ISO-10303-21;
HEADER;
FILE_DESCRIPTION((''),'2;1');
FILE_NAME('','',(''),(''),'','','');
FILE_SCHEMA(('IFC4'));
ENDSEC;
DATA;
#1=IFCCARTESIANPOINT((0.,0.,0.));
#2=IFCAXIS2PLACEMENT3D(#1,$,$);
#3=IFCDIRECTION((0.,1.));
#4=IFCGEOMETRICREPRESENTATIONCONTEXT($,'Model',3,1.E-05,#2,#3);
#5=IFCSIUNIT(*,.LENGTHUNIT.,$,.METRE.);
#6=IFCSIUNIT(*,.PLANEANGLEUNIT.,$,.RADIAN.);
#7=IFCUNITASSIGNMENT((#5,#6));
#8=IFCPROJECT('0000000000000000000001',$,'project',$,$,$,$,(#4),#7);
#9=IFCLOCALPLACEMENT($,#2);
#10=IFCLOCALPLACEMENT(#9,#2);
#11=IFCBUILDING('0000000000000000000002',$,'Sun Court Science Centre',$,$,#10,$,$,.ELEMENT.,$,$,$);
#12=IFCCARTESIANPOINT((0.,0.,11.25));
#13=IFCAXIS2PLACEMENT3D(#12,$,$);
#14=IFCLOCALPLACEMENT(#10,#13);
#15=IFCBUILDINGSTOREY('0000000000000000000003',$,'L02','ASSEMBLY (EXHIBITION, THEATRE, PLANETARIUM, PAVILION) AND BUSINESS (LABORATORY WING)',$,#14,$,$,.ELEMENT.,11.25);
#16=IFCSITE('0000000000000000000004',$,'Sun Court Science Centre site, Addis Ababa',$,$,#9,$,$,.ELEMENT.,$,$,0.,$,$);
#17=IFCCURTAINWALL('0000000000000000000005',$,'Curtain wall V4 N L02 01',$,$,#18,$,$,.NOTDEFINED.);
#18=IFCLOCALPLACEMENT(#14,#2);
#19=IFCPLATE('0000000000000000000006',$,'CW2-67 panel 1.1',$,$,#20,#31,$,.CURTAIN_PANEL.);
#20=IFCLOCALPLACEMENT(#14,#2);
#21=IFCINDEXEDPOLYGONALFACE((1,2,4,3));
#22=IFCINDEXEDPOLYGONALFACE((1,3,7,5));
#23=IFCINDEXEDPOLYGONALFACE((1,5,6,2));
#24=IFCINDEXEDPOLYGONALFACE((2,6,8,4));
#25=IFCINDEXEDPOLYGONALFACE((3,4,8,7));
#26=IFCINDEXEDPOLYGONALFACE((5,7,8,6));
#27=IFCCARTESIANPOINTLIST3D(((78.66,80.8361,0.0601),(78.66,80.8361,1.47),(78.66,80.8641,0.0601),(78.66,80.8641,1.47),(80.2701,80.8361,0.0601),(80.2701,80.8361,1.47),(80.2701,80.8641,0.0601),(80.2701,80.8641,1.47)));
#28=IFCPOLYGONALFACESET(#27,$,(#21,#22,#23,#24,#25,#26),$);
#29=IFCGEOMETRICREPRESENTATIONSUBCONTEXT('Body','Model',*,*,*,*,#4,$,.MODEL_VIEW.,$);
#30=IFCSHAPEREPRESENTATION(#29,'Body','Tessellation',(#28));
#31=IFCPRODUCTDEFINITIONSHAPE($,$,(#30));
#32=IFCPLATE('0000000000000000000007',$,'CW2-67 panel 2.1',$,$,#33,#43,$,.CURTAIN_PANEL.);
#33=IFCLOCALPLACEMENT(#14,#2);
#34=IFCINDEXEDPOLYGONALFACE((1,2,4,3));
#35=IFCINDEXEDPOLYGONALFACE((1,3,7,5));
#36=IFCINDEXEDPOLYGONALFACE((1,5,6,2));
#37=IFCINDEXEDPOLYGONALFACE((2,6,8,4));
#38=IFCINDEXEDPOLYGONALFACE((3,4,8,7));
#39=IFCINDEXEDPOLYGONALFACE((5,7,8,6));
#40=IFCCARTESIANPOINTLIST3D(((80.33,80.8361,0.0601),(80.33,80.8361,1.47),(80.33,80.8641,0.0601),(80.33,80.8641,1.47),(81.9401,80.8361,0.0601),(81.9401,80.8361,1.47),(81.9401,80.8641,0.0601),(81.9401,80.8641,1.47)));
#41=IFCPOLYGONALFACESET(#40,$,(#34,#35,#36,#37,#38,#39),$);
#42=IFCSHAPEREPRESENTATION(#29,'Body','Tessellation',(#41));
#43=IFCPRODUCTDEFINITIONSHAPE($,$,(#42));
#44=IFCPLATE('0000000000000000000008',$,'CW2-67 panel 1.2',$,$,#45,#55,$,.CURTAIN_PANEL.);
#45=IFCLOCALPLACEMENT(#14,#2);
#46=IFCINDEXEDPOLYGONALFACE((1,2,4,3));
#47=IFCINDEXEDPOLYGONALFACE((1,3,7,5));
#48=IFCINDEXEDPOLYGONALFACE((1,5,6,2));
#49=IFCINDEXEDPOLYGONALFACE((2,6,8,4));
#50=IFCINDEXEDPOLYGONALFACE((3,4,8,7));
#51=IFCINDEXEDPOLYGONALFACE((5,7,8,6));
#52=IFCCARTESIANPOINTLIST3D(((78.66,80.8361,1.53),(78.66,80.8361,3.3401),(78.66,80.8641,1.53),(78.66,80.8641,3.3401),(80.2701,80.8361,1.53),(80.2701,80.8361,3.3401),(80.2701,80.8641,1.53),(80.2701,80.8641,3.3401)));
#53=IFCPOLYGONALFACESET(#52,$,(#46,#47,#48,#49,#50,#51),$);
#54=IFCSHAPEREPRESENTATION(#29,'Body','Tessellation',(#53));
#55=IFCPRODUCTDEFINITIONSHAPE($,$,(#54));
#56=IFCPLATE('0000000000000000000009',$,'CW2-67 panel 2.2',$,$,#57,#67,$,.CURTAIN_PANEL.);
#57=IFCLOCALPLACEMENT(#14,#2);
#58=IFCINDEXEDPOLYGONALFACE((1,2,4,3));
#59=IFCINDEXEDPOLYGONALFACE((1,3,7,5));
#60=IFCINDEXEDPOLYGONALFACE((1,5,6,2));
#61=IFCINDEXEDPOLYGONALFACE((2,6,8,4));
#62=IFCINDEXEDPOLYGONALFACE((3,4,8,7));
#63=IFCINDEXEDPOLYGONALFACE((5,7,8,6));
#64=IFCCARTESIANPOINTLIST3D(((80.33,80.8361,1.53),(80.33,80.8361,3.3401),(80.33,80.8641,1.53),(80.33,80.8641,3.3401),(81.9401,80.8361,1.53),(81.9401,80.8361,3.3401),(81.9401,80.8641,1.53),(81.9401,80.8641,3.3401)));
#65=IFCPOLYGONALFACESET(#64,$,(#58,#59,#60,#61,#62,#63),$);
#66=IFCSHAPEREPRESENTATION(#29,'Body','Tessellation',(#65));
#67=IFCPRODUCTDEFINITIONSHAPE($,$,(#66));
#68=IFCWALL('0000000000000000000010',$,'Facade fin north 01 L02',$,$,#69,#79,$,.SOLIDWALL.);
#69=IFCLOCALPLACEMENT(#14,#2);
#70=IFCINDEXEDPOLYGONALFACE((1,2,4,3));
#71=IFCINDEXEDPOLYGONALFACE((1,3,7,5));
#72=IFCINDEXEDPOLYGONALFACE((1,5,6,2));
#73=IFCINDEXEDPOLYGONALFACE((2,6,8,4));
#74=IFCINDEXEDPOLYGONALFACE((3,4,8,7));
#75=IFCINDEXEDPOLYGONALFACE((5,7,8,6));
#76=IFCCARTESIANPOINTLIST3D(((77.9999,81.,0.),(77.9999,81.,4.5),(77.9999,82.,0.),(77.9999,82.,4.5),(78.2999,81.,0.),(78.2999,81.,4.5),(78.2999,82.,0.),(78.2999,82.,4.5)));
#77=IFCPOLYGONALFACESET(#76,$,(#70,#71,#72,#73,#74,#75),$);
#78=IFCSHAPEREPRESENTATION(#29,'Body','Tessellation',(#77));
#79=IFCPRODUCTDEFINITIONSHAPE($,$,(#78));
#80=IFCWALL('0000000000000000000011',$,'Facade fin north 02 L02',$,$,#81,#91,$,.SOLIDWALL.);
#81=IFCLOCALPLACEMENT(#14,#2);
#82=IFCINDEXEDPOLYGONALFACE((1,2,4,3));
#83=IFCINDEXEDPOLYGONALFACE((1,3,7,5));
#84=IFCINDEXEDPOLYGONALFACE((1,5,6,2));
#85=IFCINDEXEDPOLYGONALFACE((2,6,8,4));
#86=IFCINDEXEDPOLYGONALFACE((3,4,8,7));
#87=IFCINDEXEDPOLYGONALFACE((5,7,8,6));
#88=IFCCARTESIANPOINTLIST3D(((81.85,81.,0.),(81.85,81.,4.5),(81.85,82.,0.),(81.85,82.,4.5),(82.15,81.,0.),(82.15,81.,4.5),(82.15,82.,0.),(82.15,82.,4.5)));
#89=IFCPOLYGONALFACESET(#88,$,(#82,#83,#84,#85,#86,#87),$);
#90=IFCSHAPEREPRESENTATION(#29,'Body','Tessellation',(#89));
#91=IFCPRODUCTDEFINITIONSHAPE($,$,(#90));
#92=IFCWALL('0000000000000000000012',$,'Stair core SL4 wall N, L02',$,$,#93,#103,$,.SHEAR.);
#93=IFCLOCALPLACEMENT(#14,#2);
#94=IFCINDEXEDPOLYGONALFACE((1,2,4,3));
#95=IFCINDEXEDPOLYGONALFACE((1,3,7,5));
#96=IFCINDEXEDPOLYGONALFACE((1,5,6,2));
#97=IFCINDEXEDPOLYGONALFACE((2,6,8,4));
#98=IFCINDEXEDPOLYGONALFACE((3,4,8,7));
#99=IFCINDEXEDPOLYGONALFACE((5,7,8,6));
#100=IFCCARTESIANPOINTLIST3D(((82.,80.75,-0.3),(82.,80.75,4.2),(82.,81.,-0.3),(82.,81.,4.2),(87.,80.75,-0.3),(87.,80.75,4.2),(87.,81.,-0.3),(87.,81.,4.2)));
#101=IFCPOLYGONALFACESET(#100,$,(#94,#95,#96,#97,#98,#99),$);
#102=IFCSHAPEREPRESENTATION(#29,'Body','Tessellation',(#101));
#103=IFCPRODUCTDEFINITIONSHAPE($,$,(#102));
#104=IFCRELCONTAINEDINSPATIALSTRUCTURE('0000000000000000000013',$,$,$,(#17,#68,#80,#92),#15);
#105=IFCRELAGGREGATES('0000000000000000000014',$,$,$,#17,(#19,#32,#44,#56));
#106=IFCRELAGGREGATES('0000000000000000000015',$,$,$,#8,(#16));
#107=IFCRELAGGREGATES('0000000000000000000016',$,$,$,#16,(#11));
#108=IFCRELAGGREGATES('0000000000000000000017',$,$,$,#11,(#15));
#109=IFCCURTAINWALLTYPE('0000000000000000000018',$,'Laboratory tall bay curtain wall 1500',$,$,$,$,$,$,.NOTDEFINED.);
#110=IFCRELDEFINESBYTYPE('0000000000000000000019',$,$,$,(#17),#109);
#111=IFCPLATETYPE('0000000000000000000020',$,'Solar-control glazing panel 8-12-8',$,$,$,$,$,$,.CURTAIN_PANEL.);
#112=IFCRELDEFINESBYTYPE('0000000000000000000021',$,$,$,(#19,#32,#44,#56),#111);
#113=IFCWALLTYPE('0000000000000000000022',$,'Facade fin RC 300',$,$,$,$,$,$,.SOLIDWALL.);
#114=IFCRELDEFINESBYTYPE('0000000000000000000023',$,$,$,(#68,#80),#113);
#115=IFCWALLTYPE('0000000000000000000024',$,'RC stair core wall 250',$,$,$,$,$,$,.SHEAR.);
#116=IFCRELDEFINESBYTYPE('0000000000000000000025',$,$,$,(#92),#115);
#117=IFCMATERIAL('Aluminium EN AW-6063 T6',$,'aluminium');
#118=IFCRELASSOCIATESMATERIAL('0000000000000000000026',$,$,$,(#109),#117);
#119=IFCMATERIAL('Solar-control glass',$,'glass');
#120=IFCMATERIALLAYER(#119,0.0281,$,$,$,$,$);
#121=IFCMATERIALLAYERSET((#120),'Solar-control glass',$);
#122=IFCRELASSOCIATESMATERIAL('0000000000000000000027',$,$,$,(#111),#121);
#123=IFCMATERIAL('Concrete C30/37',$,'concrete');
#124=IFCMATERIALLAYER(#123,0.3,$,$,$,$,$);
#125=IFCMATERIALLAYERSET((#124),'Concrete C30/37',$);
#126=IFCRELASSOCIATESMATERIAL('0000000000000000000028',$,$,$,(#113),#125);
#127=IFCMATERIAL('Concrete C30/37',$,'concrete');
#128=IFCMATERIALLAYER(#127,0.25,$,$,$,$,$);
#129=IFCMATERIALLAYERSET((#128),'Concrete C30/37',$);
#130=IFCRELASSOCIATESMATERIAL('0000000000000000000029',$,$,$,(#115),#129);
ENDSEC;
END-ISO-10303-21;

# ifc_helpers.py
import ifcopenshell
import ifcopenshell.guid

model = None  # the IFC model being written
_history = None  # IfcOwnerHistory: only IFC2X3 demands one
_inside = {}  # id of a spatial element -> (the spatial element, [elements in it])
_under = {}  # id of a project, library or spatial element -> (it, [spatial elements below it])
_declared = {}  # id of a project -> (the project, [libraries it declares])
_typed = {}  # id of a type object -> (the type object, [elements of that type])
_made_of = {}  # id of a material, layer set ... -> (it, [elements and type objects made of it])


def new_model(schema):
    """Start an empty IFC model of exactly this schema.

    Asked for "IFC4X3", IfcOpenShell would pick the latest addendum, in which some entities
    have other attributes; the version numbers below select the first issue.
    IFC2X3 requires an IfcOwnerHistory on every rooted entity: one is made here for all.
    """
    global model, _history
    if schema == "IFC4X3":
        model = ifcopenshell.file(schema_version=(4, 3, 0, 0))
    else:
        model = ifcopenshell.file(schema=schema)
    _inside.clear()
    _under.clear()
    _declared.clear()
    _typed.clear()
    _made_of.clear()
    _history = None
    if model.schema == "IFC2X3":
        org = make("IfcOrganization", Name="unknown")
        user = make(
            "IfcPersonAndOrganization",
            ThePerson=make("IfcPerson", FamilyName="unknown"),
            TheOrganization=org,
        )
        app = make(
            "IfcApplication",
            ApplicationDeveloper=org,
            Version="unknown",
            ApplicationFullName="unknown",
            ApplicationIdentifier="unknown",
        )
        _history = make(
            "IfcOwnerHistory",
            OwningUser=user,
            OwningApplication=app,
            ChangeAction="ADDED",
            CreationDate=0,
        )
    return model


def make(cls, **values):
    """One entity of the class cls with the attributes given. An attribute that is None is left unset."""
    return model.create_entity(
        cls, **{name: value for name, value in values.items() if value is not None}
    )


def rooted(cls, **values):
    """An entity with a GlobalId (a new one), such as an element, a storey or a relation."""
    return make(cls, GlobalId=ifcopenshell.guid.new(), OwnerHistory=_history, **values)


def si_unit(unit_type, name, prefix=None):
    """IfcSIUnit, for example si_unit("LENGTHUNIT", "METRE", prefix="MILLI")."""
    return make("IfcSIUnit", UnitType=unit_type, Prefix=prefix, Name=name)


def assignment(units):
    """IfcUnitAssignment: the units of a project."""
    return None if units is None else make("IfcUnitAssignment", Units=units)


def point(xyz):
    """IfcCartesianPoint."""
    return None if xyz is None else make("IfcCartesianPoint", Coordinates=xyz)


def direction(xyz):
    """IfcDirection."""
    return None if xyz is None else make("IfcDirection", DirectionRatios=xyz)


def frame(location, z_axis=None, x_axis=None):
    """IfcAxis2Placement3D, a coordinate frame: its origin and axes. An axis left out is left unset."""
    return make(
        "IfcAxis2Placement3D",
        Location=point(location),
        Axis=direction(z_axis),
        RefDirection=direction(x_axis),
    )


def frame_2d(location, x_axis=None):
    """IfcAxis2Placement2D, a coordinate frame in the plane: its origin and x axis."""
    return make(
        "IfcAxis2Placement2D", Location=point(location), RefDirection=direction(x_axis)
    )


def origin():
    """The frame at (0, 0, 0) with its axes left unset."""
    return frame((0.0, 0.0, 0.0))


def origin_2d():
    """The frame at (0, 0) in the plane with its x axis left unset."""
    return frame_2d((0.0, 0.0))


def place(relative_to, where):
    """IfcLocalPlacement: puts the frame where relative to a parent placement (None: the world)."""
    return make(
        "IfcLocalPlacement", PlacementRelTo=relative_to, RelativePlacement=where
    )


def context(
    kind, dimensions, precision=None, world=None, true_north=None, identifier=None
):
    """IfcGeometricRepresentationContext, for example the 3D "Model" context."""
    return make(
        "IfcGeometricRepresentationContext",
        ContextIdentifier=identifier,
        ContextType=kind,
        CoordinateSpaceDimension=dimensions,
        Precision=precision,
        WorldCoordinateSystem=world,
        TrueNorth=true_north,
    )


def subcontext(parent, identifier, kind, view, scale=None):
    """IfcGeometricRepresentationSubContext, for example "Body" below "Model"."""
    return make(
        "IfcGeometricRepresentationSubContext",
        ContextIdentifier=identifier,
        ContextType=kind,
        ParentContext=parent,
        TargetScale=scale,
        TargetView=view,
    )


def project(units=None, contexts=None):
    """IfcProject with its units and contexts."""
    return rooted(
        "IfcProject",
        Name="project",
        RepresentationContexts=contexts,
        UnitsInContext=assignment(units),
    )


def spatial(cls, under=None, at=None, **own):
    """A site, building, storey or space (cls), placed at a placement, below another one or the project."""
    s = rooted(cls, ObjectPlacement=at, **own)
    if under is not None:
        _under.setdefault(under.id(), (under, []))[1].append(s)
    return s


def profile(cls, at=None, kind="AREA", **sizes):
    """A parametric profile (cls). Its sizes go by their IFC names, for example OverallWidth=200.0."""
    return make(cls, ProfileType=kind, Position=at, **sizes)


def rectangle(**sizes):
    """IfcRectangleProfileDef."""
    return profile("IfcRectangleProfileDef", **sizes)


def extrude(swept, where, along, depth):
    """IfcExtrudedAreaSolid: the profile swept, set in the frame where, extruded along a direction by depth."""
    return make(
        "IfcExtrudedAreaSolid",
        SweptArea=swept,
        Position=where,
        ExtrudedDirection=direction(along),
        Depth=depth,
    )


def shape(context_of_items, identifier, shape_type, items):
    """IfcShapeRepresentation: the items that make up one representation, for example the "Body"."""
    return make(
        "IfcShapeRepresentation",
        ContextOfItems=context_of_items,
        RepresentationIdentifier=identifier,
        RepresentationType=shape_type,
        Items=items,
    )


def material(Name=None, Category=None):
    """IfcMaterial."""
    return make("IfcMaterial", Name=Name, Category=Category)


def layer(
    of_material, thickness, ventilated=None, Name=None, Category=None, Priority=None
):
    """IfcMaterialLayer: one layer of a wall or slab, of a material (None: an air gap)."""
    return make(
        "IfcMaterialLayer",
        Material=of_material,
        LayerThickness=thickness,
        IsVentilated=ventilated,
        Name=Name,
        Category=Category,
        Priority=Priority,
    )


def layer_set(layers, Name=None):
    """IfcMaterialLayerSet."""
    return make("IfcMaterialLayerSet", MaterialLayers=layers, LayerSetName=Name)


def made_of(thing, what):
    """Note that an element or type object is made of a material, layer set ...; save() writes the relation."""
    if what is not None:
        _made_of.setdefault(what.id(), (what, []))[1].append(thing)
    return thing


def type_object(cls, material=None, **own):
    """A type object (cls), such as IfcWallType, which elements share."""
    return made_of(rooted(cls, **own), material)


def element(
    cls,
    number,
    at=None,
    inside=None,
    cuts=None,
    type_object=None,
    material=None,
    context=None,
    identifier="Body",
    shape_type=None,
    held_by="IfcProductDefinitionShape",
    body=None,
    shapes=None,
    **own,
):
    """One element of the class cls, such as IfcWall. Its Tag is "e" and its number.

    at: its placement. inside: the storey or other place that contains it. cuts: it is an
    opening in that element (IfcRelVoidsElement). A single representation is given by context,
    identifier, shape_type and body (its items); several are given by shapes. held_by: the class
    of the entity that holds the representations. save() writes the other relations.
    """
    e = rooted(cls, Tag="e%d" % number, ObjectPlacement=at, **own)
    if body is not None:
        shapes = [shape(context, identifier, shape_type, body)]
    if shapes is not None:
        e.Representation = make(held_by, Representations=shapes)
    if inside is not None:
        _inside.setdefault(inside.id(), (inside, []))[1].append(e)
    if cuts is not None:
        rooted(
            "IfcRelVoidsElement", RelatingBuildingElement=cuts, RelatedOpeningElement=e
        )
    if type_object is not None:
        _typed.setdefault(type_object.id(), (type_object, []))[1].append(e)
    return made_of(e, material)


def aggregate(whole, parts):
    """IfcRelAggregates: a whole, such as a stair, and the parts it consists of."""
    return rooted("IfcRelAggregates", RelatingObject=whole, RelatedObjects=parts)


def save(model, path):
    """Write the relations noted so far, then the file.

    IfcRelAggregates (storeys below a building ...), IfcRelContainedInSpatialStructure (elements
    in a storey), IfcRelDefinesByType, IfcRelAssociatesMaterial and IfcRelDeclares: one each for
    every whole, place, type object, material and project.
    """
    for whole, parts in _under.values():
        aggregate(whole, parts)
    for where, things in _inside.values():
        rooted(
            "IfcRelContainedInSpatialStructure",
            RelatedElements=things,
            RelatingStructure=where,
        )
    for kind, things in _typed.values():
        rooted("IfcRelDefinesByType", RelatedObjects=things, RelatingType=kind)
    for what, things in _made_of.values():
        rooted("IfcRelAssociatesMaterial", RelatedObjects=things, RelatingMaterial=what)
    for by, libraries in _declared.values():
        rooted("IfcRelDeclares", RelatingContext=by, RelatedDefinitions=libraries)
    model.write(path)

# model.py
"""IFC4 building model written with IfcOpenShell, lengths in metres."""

from ifc_helpers import new_model, si_unit, direction, frame, frame_2d, origin, origin_2d, place, context, subcontext, project, spatial, rectangle, extrude, material, layer, layer_set, type_object, element, aggregate, save


model = new_model("IFC4")

# Units and contexts
model_context = context("Model", 3, precision=1e-05, world=origin(), true_north=direction((0.0, 1.0)))
body_context = subcontext(model_context, "Body", "Model", "MODEL_VIEW")
ifc_project = project(units=[si_unit("LENGTHUNIT", "METRE"), si_unit("PLANEANGLEUNIT", "RADIAN")], contexts=[model_context])

# Site, building, storey
site_placement = place(None, origin())
site = spatial("IfcSite", under=ifc_project, at=site_placement, Name="Sun Court Science Centre site, Addis Ababa", CompositionType="ELEMENT", RefElevation=0.0)
building_placement = place(site_placement, origin())
building = spatial("IfcBuilding", under=site, at=building_placement, Name="Sun Court Science Centre", CompositionType="ELEMENT")
storey_placement = place(building_placement, frame((0.0, 0.0, 11.25)))
storey = spatial("IfcBuildingStorey", under=building, at=storey_placement, Name="L02", Description="ASSEMBLY (EXHIBITION, THEATRE, PLANETARIUM, PAVILION) AND BUSINESS (LABORATORY WING)", CompositionType="ELEMENT", Elevation=11.25)

# Curtain wall
ifc_material_1 = material(Name="Aluminium EN AW-6063 T6", Category="aluminium")
curtain_wall_type = type_object("IfcCurtainWallType", Name="Laboratory tall bay curtain wall 1500", PredefinedType="NOTDEFINED", material=ifc_material_1)
curtain_wall_1_placement = place(storey_placement, origin())
curtain_wall_1 = element("IfcCurtainWall", 1, at=curtain_wall_1_placement, inside=storey, type_object=curtain_wall_type, Name="Curtain wall V4 N L02 01", PredefinedType="NOTDEFINED")

# Plates
ifc_material_2 = material(Name="Solar-control glass", Category="glass")
ifc_layer_1 = layer(ifc_material_2, 0.0281)
ifc_layer_set_1 = layer_set([ifc_layer_1], Name="Solar-control glass")
plate_type = type_object("IfcPlateType", Name="Solar-control glazing panel 8-12-8", PredefinedType="CURTAIN_PANEL", material=ifc_layer_set_1)
plate_1_placement = place(storey_placement, frame((79.4651, 80.8501, 0.0601), z_axis=(0.0, 0.0, 1.0), x_axis=(1.0, 0.0, 0.0)))
plate_1 = element("IfcPlate", 2, at=plate_1_placement, type_object=plate_type, Name="CW2-67 panel 1.1", PredefinedType="CURTAIN_PANEL", context=body_context, shape_type="SweptSolid", body=[
    extrude(rectangle(XDim=1.6101, YDim=0.0281, at=origin_2d()), origin(), (0.0, 0.0, 1.0), 1.4099),
])
plate_2_placement = place(storey_placement, frame((81.135, 80.8501, 0.0601), z_axis=(0.0, 0.0, 1.0), x_axis=(1.0, 0.0, 0.0)))
plate_2 = element("IfcPlate", 3, at=plate_2_placement, type_object=plate_type, Name="CW2-67 panel 2.1", PredefinedType="CURTAIN_PANEL", context=body_context, shape_type="SweptSolid", body=[
    extrude(rectangle(XDim=1.6101, YDim=0.0281, at=origin_2d()), origin(), (0.0, 0.0, 1.0), 1.4099),
])
plate_3_placement = place(storey_placement, frame((79.4651, 80.8501, 1.53), z_axis=(0.0, 0.0, 1.0), x_axis=(1.0, 0.0, 0.0)))
plate_3 = element("IfcPlate", 4, at=plate_3_placement, type_object=plate_type, Name="CW2-67 panel 1.2", PredefinedType="CURTAIN_PANEL", context=body_context, shape_type="SweptSolid", body=[
    extrude(rectangle(XDim=1.6101, YDim=0.0281, at=origin_2d()), origin(), (0.0, 0.0, 1.0), 1.8101),
])
plate_4_placement = place(storey_placement, frame((81.135, 80.8501, 1.53), z_axis=(0.0, 0.0, 1.0), x_axis=(1.0, 0.0, 0.0)))
plate_4 = element("IfcPlate", 5, at=plate_4_placement, type_object=plate_type, Name="CW2-67 panel 2.2", PredefinedType="CURTAIN_PANEL", context=body_context, shape_type="SweptSolid", body=[
    extrude(rectangle(XDim=1.6101, YDim=0.0281, at=origin_2d()), origin(), (0.0, 0.0, 1.0), 1.8101),
])
aggregate(curtain_wall_1, [plate_1, plate_2, plate_3, plate_4])

# Walls
ifc_material_3 = material(Name="Concrete C30/37", Category="concrete")
ifc_layer_2 = layer(ifc_material_3, 0.3)
ifc_layer_set_2 = layer_set([ifc_layer_2], Name="Concrete C30/37")
wall_type_1 = type_object("IfcWallType", Name="Facade fin RC 300", PredefinedType="SOLIDWALL", material=ifc_layer_set_2)
for number, where, z_axis, x_axis, name in (
    (6, (78.1499, 81.0, 0.0), (0.0, 0.0, 1.0), (0.0, 1.0, 0.0), "Facade fin north 01 L02"),
    (7, (82.0, 81.0, 0.0), (0.0, 0.0, 1.0), (0.0, 1.0, 0.0), "Facade fin north 02 L02"),
):
    element("IfcWall", number, at=place(storey_placement, frame(where, z_axis=z_axis, x_axis=x_axis)), inside=storey, type_object=wall_type_1, Name=name, PredefinedType="SOLIDWALL", context=body_context, shape_type="SweptSolid", body=[
        extrude(rectangle(XDim=1.0, YDim=0.3, at=frame_2d((0.5, 0.0))), origin(), (0.0, 0.0, 1.0), 4.5),
    ])
ifc_material_4 = material(Name="Concrete C30/37", Category="concrete")
ifc_layer_3 = layer(ifc_material_4, 0.25)
ifc_layer_set_3 = layer_set([ifc_layer_3], Name="Concrete C30/37")
wall_type_2 = type_object("IfcWallType", Name="RC stair core wall 250", PredefinedType="SHEAR", material=ifc_layer_set_3)
wall_placement = place(storey_placement, frame((82.0, 80.875, -0.3), z_axis=(0.0, 0.0, 1.0), x_axis=(1.0, 0.0, 0.0)))
element("IfcWall", 8, at=wall_placement, inside=storey, type_object=wall_type_2, Name="Stair core SL4 wall N, L02", PredefinedType="SHEAR", context=body_context, shape_type="SweptSolid", body=[
    extrude(rectangle(XDim=5.0, YDim=0.25, at=frame_2d((2.5, 0.0))), origin(), (0.0, 0.0, 1.0), 4.5),
])

save(model, "model.ifc")
